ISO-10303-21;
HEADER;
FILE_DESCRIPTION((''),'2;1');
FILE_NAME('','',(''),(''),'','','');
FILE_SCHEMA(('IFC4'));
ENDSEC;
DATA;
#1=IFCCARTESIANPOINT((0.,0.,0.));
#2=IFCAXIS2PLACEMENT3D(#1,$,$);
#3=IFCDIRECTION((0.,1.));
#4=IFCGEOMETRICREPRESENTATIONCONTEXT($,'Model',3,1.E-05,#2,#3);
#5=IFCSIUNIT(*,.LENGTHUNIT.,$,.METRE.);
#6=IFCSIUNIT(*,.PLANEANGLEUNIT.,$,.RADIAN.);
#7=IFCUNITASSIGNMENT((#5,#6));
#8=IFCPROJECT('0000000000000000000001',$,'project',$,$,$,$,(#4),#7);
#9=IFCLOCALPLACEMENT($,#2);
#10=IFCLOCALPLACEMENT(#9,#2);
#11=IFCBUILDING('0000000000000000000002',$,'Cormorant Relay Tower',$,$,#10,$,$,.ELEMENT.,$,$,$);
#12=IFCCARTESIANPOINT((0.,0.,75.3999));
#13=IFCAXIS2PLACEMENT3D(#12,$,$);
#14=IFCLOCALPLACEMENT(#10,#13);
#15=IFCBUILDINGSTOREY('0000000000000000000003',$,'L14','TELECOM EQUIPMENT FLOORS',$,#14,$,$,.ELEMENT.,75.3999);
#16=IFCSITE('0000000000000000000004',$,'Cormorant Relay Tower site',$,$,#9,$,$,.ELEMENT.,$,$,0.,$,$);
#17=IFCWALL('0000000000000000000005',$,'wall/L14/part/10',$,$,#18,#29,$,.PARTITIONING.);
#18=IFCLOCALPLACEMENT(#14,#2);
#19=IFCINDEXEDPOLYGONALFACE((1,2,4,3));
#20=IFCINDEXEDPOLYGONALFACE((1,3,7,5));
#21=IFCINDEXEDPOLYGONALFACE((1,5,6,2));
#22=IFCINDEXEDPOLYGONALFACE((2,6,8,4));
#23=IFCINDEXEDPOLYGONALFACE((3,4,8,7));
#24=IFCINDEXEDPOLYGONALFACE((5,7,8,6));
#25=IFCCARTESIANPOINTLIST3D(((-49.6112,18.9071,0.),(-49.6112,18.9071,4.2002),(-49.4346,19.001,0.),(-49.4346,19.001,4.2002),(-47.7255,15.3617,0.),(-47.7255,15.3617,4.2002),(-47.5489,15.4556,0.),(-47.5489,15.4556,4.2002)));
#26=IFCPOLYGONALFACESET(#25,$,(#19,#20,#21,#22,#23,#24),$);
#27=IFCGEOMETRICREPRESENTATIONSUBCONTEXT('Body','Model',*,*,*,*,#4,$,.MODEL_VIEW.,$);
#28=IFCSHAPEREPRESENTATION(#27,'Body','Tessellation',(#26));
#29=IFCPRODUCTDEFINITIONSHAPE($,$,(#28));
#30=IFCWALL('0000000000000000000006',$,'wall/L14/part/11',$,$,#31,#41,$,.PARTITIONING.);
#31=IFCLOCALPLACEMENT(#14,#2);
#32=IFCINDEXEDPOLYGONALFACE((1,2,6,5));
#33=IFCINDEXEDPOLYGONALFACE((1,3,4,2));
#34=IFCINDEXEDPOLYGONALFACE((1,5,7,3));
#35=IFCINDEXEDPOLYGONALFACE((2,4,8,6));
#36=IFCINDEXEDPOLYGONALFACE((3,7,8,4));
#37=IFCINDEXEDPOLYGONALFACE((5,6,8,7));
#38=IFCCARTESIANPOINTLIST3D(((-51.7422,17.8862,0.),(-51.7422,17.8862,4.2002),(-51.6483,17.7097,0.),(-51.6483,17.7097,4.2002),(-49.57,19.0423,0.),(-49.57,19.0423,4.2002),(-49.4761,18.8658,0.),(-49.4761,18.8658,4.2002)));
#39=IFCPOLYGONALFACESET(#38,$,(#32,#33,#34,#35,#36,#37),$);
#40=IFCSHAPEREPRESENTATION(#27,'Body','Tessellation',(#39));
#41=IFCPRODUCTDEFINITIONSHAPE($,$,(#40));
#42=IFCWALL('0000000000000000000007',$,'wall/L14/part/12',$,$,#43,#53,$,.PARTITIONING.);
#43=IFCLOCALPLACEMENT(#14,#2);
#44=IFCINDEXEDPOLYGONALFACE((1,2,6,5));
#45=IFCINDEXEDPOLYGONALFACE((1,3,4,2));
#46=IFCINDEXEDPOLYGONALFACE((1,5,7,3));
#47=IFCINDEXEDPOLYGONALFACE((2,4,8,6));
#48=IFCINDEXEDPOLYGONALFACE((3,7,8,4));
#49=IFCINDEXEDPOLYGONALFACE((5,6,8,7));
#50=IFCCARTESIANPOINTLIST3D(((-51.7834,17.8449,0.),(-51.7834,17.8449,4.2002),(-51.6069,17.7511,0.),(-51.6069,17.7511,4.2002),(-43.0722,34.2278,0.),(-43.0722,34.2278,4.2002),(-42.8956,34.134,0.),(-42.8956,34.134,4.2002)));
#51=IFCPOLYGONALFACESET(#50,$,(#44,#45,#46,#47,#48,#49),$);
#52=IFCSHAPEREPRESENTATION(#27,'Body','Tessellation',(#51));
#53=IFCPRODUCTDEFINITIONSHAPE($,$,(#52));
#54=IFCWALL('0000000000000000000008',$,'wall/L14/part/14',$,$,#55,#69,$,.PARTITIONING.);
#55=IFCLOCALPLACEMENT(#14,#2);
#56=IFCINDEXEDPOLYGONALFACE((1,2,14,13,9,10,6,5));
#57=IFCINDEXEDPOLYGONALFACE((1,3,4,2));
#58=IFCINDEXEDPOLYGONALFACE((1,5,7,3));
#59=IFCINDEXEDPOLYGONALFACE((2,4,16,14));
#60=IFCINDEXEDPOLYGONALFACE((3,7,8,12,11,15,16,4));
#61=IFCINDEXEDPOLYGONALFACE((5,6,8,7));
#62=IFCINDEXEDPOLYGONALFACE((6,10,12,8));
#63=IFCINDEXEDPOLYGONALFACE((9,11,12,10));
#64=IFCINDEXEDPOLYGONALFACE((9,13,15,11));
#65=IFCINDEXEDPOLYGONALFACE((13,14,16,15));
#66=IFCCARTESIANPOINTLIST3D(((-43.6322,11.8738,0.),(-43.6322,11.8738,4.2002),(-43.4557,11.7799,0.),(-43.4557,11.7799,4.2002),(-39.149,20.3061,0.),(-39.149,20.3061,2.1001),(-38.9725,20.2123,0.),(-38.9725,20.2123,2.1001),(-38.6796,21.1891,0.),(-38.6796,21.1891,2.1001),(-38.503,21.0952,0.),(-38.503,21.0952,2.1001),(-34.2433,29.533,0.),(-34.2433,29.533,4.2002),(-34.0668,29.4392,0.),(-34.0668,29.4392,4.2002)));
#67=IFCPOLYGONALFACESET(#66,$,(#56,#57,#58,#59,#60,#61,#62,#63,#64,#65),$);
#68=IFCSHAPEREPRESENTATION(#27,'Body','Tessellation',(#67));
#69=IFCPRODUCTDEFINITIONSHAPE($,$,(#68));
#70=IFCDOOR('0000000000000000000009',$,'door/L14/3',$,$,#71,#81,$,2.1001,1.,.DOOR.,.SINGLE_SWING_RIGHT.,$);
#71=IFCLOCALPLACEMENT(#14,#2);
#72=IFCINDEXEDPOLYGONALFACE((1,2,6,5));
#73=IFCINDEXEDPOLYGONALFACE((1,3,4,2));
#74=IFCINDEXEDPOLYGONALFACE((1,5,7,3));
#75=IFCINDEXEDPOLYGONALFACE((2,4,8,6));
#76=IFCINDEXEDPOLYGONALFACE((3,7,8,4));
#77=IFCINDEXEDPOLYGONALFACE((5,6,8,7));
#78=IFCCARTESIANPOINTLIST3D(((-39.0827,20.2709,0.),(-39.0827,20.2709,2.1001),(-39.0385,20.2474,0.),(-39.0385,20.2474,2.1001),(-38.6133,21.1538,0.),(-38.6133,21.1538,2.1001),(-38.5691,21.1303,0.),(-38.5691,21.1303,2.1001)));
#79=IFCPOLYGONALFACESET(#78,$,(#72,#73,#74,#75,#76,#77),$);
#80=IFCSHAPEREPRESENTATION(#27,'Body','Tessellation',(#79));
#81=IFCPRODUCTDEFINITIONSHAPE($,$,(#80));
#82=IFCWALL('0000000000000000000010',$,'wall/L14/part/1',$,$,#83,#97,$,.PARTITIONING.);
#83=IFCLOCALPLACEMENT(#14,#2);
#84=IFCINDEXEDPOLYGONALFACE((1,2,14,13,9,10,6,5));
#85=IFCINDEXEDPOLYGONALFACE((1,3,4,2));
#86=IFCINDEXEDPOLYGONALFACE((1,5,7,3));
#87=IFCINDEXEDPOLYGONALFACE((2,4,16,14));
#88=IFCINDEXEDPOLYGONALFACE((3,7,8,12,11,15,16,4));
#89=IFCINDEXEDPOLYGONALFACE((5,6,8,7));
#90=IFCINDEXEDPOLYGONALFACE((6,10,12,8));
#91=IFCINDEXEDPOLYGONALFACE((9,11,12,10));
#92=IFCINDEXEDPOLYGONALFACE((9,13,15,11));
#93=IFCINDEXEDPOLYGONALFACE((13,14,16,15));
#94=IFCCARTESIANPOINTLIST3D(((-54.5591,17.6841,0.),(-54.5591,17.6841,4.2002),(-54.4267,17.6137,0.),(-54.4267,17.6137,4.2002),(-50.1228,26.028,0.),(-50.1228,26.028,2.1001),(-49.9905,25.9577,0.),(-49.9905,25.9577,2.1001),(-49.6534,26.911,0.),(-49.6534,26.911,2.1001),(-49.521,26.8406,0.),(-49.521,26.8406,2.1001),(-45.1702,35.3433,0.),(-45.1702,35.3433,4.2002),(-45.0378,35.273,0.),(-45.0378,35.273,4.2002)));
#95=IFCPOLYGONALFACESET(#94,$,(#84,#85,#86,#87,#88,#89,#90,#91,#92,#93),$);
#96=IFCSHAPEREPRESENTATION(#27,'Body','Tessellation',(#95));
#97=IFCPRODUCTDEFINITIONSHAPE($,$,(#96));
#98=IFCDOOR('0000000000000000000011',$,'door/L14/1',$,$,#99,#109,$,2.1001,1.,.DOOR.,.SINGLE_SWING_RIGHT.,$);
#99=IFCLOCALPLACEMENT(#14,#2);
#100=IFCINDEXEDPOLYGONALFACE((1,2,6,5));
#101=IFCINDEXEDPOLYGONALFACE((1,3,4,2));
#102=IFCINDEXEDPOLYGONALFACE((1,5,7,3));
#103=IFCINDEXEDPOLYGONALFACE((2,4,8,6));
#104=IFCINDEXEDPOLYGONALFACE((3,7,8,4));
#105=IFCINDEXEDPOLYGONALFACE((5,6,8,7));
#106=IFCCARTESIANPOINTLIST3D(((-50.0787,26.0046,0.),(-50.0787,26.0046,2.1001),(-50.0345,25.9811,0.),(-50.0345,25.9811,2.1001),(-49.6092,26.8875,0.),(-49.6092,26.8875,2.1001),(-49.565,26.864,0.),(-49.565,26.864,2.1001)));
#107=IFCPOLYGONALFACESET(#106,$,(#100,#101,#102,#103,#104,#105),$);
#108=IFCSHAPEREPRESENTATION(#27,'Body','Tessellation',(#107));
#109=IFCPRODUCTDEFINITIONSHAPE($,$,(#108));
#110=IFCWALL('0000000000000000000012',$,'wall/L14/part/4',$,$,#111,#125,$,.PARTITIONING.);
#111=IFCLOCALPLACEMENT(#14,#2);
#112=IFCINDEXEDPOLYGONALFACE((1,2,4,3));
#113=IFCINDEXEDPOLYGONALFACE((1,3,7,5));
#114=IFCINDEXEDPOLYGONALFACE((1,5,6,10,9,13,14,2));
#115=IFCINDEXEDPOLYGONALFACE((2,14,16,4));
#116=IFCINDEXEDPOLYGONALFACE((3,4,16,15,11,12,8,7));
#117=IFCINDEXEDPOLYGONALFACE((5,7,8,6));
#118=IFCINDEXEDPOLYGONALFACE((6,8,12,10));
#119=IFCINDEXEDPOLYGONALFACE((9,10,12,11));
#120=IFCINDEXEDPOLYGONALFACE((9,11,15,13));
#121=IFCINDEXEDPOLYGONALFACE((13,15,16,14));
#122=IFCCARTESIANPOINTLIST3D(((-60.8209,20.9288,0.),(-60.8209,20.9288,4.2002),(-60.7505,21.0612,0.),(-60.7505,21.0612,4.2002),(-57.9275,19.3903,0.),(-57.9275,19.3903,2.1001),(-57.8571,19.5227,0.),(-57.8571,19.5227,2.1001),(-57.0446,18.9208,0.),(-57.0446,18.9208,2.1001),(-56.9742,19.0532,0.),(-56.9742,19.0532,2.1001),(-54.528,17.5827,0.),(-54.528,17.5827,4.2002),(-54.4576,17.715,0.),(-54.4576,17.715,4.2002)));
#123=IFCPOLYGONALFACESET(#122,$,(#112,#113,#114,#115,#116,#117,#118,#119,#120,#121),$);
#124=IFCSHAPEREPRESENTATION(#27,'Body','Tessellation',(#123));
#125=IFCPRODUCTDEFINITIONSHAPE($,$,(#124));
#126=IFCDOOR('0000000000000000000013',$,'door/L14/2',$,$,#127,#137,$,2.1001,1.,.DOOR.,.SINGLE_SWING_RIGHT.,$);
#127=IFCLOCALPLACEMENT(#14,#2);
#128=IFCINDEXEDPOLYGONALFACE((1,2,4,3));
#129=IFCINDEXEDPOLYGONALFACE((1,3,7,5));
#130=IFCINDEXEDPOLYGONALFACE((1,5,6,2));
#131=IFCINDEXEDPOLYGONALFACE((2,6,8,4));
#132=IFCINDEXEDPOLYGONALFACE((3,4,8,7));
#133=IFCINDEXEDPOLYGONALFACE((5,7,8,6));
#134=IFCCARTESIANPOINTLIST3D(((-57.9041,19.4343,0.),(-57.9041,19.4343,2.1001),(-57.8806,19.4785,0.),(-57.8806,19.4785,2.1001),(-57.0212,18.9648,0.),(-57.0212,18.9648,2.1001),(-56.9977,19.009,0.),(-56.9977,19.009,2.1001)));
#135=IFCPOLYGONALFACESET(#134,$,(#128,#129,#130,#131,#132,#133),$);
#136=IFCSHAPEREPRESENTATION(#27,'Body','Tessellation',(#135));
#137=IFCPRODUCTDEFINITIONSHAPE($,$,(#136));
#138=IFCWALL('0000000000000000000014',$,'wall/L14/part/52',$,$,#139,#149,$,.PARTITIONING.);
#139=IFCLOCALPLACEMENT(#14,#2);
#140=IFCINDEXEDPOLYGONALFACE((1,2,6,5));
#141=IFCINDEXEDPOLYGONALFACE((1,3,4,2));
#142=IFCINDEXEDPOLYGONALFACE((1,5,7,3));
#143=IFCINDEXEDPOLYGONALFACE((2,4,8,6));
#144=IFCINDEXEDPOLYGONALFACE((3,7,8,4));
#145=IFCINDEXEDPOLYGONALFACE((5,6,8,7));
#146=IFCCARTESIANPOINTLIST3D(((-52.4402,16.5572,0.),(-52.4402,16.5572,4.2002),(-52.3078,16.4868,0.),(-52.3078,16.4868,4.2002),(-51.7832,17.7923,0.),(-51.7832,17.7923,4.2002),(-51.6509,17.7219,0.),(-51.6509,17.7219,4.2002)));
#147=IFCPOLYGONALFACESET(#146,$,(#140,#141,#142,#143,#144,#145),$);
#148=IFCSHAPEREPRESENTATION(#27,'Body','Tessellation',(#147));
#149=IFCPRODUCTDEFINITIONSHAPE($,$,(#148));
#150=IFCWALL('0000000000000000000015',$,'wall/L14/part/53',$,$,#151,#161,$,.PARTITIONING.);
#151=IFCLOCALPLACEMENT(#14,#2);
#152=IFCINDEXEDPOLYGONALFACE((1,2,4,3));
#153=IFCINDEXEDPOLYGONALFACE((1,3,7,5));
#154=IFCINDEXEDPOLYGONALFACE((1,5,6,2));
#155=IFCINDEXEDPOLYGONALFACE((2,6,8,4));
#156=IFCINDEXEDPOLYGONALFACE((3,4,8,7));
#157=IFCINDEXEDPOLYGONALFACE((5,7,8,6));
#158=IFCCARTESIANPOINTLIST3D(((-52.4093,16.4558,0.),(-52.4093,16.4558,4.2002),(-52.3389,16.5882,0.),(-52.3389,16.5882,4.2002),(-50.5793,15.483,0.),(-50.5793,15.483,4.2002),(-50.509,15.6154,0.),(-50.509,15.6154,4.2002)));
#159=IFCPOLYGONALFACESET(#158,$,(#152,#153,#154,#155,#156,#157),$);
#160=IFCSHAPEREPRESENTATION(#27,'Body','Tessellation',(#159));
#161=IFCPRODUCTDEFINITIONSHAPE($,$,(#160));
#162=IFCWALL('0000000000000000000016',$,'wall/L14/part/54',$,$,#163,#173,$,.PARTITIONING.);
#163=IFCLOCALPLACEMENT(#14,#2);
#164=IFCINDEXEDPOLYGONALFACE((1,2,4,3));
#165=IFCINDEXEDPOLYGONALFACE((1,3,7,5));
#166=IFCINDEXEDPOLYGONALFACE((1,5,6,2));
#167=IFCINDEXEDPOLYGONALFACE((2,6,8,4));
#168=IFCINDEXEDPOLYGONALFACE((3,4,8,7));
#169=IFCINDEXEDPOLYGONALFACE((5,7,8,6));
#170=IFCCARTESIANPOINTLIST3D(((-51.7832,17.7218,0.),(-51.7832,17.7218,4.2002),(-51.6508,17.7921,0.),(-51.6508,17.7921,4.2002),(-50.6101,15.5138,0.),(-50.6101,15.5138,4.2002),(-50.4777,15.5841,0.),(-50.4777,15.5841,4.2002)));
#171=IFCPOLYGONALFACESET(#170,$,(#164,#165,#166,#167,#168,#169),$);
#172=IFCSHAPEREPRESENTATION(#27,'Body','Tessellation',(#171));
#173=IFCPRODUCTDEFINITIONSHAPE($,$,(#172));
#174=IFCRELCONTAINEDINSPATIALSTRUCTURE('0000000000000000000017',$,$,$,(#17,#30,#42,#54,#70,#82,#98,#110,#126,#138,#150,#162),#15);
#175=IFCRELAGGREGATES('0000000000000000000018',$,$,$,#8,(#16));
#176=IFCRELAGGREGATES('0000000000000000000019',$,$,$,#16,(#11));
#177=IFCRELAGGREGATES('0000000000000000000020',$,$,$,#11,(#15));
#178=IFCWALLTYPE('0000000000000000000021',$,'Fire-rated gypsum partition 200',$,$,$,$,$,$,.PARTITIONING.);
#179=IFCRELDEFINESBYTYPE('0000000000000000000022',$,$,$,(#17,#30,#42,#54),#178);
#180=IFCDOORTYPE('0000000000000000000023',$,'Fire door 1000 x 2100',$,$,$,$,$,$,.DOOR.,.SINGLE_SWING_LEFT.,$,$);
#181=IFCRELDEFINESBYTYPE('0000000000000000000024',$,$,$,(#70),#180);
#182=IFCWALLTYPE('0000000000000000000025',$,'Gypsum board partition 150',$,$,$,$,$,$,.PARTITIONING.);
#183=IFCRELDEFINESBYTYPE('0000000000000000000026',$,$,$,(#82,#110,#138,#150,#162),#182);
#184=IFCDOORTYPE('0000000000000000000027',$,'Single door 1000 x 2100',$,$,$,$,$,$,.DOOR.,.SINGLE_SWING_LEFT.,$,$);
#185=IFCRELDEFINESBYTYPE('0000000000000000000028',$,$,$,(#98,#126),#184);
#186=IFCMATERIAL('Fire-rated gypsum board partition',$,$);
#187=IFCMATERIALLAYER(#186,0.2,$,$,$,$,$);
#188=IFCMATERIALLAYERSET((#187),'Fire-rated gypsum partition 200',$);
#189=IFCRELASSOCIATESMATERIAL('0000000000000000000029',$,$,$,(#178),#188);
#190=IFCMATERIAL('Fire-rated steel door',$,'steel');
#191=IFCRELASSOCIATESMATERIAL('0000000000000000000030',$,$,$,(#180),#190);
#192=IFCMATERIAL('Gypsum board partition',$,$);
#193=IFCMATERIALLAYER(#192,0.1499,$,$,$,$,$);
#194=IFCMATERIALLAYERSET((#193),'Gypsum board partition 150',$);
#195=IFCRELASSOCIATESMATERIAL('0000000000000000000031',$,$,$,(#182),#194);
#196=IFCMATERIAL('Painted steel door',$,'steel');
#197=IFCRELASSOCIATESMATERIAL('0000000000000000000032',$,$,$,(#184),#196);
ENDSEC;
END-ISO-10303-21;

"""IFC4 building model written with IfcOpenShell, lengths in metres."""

from ifc_helpers import new_model, si_unit, direction, frame, frame_2d, origin, place, context, subcontext, project, spatial, rectangle, extrude, material, layer, layer_set, type_object, element, fill, save


model = new_model("IFC4")

# Units and contexts
model_context = context("Model", 3, precision=1e-05, world=origin(), true_north=direction((0.0, 1.0)))
body_context = subcontext(model_context, "Body", "Model", "MODEL_VIEW")
ifc_project = project(units=[si_unit("LENGTHUNIT", "METRE"), si_unit("PLANEANGLEUNIT", "RADIAN")], contexts=[model_context])

# Site, building, storey
site_placement = place(None, origin())
site = spatial("IfcSite", under=ifc_project, at=site_placement, Name="Cormorant Relay Tower site", CompositionType="ELEMENT", RefElevation=0.0)
building_placement = place(site_placement, origin())
building = spatial("IfcBuilding", under=site, at=building_placement, Name="Cormorant Relay Tower", CompositionType="ELEMENT")
storey_placement = place(building_placement, frame((0.0, 0.0, 75.3999)))
storey = spatial("IfcBuildingStorey", under=building, at=storey_placement, Name="L14", Description="TELECOM EQUIPMENT FLOORS", CompositionType="ELEMENT", Elevation=75.3999)

# Walls
ifc_material_1 = material(Name="Fire-rated gypsum board partition")
ifc_layer_1 = layer(ifc_material_1, 0.2)
ifc_layer_set_1 = layer_set([ifc_layer_1], Name="Fire-rated gypsum partition 200")
wall_type_1 = type_object("IfcWallType", Name="Fire-rated gypsum partition 200", PredefinedType="PARTITIONING", material=ifc_layer_set_1)
wall_1_placement = place(storey_placement, frame((-47.6372, 15.4087, 0.0), z_axis=(0.0, 0.0, 1.0), x_axis=(-0.469591, 0.882884, 0.0)))
element("IfcWall", 1, at=wall_1_placement, inside=storey, type_object=wall_type_1, Name="wall/L14/part/10", PredefinedType="PARTITIONING", context=body_context, shape_type="SweptSolid", body=[
    extrude(rectangle(XDim=4.0156, YDim=0.2, at=frame_2d((2.0078, 0.0))), origin(), (0.0, 0.0, 1.0), 4.2002),
])
wall_2_placement = place(storey_placement, frame((-49.5229, 18.9541, 0.0), z_axis=(0.0, 0.0, 1.0), x_axis=(-0.882767, -0.46981, 0.0)))
element("IfcWall", 2, at=wall_2_placement, inside=storey, type_object=wall_type_1, Name="wall/L14/part/11", PredefinedType="PARTITIONING", context=body_context, shape_type="SweptSolid", body=[
    extrude(rectangle(XDim=2.4607, YDim=0.2, at=frame_2d((1.2305, 0.0))), origin(), (0.0, 0.0, 1.0), 4.2002),
])
wall_3_placement = place(storey_placement, frame((-51.6951, 17.7981, 0.0), z_axis=(0.0, 0.0, 1.0), x_axis=(0.469484, 0.882941, 0.0)))
element("IfcWall", 3, at=wall_3_placement, inside=storey, type_object=wall_type_1, Name="wall/L14/part/12", PredefinedType="PARTITIONING", context=body_context, shape_type="SweptSolid", body=[
    extrude(rectangle(XDim=18.5549, YDim=0.2, at=frame_2d((9.2773, 0.0))), origin(), (0.0, 0.0, 1.0), 4.2002),
])

# Walls, openings, doors
wall_4_placement = place(storey_placement, frame((-34.155, 29.4861, 0.0), z_axis=(0.0, 0.0, 1.0), x_axis=(-0.469447, -0.882961, 0.0)))
wall_4 = element("IfcWall", 4, at=wall_4_placement, inside=storey, type_object=wall_type_1, Name="wall/L14/part/14", PredefinedType="PARTITIONING", context=body_context, shape_type="SweptSolid", body=[
    extrude(rectangle(XDim=20.0, YDim=0.2, at=frame_2d((10.0, 0.0))), origin(), (0.0, 0.0, 1.0), 4.2002),
])
opening_1_placement = place(wall_4_placement, frame((9.45, 0.0, 0.0)))
opening_1 = element("IfcOpeningElement", 5, at=opening_1_placement, cuts=wall_4, PredefinedType="OPENING", context=body_context, shape_type="SweptSolid", body=[
    extrude(rectangle(XDim=1.0, YDim=2.1001, at=frame_2d((0.5, 1.05))), frame((0.0, 0.1099, 0.0), z_axis=(0.0, -1.0, 0.0), x_axis=(1.0, 0.0, 0.0)), (0.0, 0.0, 1.0), 0.22),
])
ifc_material_2 = material(Name="Fire-rated steel door", Category="steel")
door_type_1 = type_object("IfcDoorType", Name="Fire door 1000 x 2100", OperationType="SINGLE_SWING_LEFT", PredefinedType="DOOR", material=ifc_material_2)
door_1_placement = place(opening_1_placement, frame((1.0, 0.0, 0.0), z_axis=(0.0, 0.0, 1.0), x_axis=(-1.0, 0.0, 0.0)))
door_1 = element("IfcDoor", 6, at=door_1_placement, inside=storey, type_object=door_type_1, Name="door/L14/3", OperationType="SINGLE_SWING_RIGHT", OverallHeight=2.1001, OverallWidth=1.0, PredefinedType="DOOR", context=body_context, shape_type="SweptSolid", body=[
    extrude(rectangle(XDim=1.0, YDim=2.1001, at=frame_2d((0.5, 1.05))), frame((0.0, 0.0249, 0.0), z_axis=(0.0, -1.0, 0.0), x_axis=(1.0, 0.0, 0.0)), (0.0, 0.0, 1.0), 0.05),
])
fill(opening_1, door_1)
ifc_material_3 = material(Name="Gypsum board partition")
ifc_layer_2 = layer(ifc_material_3, 0.1499)
ifc_layer_set_2 = layer_set([ifc_layer_2], Name="Gypsum board partition 150")
wall_type_2 = type_object("IfcWallType", Name="Gypsum board partition 150", PredefinedType="PARTITIONING", material=ifc_layer_set_2)
wall_5_placement = place(storey_placement, frame((-54.4929, 17.6489, 0.0), z_axis=(0.0, 0.0, 1.0), x_axis=(0.469447, 0.882961, 0.0)))
wall_5 = element("IfcWall", 7, at=wall_5_placement, inside=storey, type_object=wall_type_2, Name="wall/L14/part/1", PredefinedType="PARTITIONING", context=body_context, shape_type="SweptSolid", body=[
    extrude(rectangle(XDim=20.0, YDim=0.1499, at=frame_2d((10.0, 0.0))), origin(), (0.0, 0.0, 1.0), 4.2002),
])
opening_2_placement = place(wall_5_placement, frame((9.45, 0.0, 0.0)))
opening_2 = element("IfcOpeningElement", 8, at=opening_2_placement, cuts=wall_5, PredefinedType="OPENING", context=body_context, shape_type="SweptSolid", body=[
    extrude(rectangle(XDim=1.0, YDim=2.1001, at=frame_2d((0.5, 1.05))), frame((0.0, 0.085, 0.0), z_axis=(0.0, -1.0, 0.0), x_axis=(1.0, 0.0, 0.0)), (0.0, 0.0, 1.0), 0.1699),
])
ifc_material_4 = material(Name="Painted steel door", Category="steel")
door_type_2 = type_object("IfcDoorType", Name="Single door 1000 x 2100", OperationType="SINGLE_SWING_LEFT", PredefinedType="DOOR", material=ifc_material_4)
door_2_placement = place(opening_2_placement, origin())
door_2 = element("IfcDoor", 9, at=door_2_placement, inside=storey, type_object=door_type_2, Name="door/L14/1", OperationType="SINGLE_SWING_RIGHT", OverallHeight=2.1001, OverallWidth=1.0, PredefinedType="DOOR", context=body_context, shape_type="SweptSolid", body=[
    extrude(rectangle(XDim=1.0, YDim=2.1001, at=frame_2d((0.5, 1.05))), frame((0.0, 0.0249, 0.0), z_axis=(0.0, -1.0, 0.0), x_axis=(1.0, 0.0, 0.0)), (0.0, 0.0, 1.0), 0.05),
])
fill(opening_2, door_2)
wall_6_placement = place(storey_placement, frame((-54.4929, 17.6489, 0.0), z_axis=(0.0, 0.0, 1.0), x_axis=(-0.882938, 0.469489, 0.0)))
wall_6 = element("IfcWall", 10, at=wall_6_placement, inside=storey, type_object=wall_type_2, Name="wall/L14/part/4", PredefinedType="PARTITIONING", context=body_context, shape_type="SweptSolid", body=[
    extrude(rectangle(XDim=7.1272, YDim=0.1499, at=frame_2d((3.5635, 0.0))), origin(), (0.0, 0.0, 1.0), 4.2002),
])
opening_3_placement = place(wall_6_placement, frame((2.8501, 0.0, 0.0)))
opening_3 = element("IfcOpeningElement", 11, at=opening_3_placement, cuts=wall_6, PredefinedType="OPENING", context=body_context, shape_type="SweptSolid", body=[
    extrude(rectangle(XDim=1.0, YDim=2.1001, at=frame_2d((0.5, 1.05))), frame((0.0, 0.085, 0.0), z_axis=(0.0, -1.0, 0.0), x_axis=(1.0, 0.0, 0.0)), (0.0, 0.0, 1.0), 0.1699),
])
door_3_placement = place(opening_3_placement, frame((1.0, 0.0, 0.0), z_axis=(0.0, 0.0, 1.0), x_axis=(-1.0, 0.0, 0.0)))
door_3 = element("IfcDoor", 12, at=door_3_placement, inside=storey, type_object=door_type_2, Name="door/L14/2", OperationType="SINGLE_SWING_RIGHT", OverallHeight=2.1001, OverallWidth=1.0, PredefinedType="DOOR", context=body_context, shape_type="SweptSolid", body=[
    extrude(rectangle(XDim=1.0, YDim=2.1001, at=frame_2d((0.5, 1.05))), frame((0.0, 0.0249, 0.0), z_axis=(0.0, -1.0, 0.0), x_axis=(1.0, 0.0, 0.0)), (0.0, 0.0, 1.0), 0.05),
])
fill(opening_3, door_3)

# Walls
wall_7_placement = place(storey_placement, frame((-51.717, 17.7571, 0.0), z_axis=(0.0, 0.0, 1.0), x_axis=(-0.469619, -0.882869, 0.0)))
element("IfcWall", 13, at=wall_7_placement, inside=storey, type_object=wall_type_2, Name="wall/L14/part/52", PredefinedType="PARTITIONING", context=body_context, shape_type="SweptSolid", body=[
    extrude(rectangle(XDim=1.3989, YDim=0.1499, at=frame_2d((0.6995, 0.0))), origin(), (0.0, 0.0, 1.0), 4.2002),
])
wall_8_placement = place(storey_placement, frame((-52.374, 16.522, 0.0), z_axis=(0.0, 0.0, 1.0), x_axis=(0.882981, -0.469408, 0.0)))
element("IfcWall", 14, at=wall_8_placement, inside=storey, type_object=wall_type_2, Name="wall/L14/part/53", PredefinedType="PARTITIONING", context=body_context, shape_type="SweptSolid", body=[
    extrude(rectangle(XDim=2.0725, YDim=0.1499, at=frame_2d((1.0361, 0.0))), origin(), (0.0, 0.0, 1.0), 4.2002),
])
wall_9_placement = place(storey_placement, frame((-50.5439, 15.5491, 0.0), z_axis=(0.0, 0.0, 1.0), x_axis=(-0.469184, 0.883101, 0.0)))
element("IfcWall", 15, at=wall_9_placement, inside=storey, type_object=wall_type_2, Name="wall/L14/part/54", PredefinedType="PARTITIONING", context=body_context, shape_type="SweptSolid", body=[
    extrude(rectangle(XDim=2.5002, YDim=0.1499, at=frame_2d((1.25, 0.0))), origin(), (0.0, 0.0, 1.0), 4.2002),
])

save(model, "model.ifc")
